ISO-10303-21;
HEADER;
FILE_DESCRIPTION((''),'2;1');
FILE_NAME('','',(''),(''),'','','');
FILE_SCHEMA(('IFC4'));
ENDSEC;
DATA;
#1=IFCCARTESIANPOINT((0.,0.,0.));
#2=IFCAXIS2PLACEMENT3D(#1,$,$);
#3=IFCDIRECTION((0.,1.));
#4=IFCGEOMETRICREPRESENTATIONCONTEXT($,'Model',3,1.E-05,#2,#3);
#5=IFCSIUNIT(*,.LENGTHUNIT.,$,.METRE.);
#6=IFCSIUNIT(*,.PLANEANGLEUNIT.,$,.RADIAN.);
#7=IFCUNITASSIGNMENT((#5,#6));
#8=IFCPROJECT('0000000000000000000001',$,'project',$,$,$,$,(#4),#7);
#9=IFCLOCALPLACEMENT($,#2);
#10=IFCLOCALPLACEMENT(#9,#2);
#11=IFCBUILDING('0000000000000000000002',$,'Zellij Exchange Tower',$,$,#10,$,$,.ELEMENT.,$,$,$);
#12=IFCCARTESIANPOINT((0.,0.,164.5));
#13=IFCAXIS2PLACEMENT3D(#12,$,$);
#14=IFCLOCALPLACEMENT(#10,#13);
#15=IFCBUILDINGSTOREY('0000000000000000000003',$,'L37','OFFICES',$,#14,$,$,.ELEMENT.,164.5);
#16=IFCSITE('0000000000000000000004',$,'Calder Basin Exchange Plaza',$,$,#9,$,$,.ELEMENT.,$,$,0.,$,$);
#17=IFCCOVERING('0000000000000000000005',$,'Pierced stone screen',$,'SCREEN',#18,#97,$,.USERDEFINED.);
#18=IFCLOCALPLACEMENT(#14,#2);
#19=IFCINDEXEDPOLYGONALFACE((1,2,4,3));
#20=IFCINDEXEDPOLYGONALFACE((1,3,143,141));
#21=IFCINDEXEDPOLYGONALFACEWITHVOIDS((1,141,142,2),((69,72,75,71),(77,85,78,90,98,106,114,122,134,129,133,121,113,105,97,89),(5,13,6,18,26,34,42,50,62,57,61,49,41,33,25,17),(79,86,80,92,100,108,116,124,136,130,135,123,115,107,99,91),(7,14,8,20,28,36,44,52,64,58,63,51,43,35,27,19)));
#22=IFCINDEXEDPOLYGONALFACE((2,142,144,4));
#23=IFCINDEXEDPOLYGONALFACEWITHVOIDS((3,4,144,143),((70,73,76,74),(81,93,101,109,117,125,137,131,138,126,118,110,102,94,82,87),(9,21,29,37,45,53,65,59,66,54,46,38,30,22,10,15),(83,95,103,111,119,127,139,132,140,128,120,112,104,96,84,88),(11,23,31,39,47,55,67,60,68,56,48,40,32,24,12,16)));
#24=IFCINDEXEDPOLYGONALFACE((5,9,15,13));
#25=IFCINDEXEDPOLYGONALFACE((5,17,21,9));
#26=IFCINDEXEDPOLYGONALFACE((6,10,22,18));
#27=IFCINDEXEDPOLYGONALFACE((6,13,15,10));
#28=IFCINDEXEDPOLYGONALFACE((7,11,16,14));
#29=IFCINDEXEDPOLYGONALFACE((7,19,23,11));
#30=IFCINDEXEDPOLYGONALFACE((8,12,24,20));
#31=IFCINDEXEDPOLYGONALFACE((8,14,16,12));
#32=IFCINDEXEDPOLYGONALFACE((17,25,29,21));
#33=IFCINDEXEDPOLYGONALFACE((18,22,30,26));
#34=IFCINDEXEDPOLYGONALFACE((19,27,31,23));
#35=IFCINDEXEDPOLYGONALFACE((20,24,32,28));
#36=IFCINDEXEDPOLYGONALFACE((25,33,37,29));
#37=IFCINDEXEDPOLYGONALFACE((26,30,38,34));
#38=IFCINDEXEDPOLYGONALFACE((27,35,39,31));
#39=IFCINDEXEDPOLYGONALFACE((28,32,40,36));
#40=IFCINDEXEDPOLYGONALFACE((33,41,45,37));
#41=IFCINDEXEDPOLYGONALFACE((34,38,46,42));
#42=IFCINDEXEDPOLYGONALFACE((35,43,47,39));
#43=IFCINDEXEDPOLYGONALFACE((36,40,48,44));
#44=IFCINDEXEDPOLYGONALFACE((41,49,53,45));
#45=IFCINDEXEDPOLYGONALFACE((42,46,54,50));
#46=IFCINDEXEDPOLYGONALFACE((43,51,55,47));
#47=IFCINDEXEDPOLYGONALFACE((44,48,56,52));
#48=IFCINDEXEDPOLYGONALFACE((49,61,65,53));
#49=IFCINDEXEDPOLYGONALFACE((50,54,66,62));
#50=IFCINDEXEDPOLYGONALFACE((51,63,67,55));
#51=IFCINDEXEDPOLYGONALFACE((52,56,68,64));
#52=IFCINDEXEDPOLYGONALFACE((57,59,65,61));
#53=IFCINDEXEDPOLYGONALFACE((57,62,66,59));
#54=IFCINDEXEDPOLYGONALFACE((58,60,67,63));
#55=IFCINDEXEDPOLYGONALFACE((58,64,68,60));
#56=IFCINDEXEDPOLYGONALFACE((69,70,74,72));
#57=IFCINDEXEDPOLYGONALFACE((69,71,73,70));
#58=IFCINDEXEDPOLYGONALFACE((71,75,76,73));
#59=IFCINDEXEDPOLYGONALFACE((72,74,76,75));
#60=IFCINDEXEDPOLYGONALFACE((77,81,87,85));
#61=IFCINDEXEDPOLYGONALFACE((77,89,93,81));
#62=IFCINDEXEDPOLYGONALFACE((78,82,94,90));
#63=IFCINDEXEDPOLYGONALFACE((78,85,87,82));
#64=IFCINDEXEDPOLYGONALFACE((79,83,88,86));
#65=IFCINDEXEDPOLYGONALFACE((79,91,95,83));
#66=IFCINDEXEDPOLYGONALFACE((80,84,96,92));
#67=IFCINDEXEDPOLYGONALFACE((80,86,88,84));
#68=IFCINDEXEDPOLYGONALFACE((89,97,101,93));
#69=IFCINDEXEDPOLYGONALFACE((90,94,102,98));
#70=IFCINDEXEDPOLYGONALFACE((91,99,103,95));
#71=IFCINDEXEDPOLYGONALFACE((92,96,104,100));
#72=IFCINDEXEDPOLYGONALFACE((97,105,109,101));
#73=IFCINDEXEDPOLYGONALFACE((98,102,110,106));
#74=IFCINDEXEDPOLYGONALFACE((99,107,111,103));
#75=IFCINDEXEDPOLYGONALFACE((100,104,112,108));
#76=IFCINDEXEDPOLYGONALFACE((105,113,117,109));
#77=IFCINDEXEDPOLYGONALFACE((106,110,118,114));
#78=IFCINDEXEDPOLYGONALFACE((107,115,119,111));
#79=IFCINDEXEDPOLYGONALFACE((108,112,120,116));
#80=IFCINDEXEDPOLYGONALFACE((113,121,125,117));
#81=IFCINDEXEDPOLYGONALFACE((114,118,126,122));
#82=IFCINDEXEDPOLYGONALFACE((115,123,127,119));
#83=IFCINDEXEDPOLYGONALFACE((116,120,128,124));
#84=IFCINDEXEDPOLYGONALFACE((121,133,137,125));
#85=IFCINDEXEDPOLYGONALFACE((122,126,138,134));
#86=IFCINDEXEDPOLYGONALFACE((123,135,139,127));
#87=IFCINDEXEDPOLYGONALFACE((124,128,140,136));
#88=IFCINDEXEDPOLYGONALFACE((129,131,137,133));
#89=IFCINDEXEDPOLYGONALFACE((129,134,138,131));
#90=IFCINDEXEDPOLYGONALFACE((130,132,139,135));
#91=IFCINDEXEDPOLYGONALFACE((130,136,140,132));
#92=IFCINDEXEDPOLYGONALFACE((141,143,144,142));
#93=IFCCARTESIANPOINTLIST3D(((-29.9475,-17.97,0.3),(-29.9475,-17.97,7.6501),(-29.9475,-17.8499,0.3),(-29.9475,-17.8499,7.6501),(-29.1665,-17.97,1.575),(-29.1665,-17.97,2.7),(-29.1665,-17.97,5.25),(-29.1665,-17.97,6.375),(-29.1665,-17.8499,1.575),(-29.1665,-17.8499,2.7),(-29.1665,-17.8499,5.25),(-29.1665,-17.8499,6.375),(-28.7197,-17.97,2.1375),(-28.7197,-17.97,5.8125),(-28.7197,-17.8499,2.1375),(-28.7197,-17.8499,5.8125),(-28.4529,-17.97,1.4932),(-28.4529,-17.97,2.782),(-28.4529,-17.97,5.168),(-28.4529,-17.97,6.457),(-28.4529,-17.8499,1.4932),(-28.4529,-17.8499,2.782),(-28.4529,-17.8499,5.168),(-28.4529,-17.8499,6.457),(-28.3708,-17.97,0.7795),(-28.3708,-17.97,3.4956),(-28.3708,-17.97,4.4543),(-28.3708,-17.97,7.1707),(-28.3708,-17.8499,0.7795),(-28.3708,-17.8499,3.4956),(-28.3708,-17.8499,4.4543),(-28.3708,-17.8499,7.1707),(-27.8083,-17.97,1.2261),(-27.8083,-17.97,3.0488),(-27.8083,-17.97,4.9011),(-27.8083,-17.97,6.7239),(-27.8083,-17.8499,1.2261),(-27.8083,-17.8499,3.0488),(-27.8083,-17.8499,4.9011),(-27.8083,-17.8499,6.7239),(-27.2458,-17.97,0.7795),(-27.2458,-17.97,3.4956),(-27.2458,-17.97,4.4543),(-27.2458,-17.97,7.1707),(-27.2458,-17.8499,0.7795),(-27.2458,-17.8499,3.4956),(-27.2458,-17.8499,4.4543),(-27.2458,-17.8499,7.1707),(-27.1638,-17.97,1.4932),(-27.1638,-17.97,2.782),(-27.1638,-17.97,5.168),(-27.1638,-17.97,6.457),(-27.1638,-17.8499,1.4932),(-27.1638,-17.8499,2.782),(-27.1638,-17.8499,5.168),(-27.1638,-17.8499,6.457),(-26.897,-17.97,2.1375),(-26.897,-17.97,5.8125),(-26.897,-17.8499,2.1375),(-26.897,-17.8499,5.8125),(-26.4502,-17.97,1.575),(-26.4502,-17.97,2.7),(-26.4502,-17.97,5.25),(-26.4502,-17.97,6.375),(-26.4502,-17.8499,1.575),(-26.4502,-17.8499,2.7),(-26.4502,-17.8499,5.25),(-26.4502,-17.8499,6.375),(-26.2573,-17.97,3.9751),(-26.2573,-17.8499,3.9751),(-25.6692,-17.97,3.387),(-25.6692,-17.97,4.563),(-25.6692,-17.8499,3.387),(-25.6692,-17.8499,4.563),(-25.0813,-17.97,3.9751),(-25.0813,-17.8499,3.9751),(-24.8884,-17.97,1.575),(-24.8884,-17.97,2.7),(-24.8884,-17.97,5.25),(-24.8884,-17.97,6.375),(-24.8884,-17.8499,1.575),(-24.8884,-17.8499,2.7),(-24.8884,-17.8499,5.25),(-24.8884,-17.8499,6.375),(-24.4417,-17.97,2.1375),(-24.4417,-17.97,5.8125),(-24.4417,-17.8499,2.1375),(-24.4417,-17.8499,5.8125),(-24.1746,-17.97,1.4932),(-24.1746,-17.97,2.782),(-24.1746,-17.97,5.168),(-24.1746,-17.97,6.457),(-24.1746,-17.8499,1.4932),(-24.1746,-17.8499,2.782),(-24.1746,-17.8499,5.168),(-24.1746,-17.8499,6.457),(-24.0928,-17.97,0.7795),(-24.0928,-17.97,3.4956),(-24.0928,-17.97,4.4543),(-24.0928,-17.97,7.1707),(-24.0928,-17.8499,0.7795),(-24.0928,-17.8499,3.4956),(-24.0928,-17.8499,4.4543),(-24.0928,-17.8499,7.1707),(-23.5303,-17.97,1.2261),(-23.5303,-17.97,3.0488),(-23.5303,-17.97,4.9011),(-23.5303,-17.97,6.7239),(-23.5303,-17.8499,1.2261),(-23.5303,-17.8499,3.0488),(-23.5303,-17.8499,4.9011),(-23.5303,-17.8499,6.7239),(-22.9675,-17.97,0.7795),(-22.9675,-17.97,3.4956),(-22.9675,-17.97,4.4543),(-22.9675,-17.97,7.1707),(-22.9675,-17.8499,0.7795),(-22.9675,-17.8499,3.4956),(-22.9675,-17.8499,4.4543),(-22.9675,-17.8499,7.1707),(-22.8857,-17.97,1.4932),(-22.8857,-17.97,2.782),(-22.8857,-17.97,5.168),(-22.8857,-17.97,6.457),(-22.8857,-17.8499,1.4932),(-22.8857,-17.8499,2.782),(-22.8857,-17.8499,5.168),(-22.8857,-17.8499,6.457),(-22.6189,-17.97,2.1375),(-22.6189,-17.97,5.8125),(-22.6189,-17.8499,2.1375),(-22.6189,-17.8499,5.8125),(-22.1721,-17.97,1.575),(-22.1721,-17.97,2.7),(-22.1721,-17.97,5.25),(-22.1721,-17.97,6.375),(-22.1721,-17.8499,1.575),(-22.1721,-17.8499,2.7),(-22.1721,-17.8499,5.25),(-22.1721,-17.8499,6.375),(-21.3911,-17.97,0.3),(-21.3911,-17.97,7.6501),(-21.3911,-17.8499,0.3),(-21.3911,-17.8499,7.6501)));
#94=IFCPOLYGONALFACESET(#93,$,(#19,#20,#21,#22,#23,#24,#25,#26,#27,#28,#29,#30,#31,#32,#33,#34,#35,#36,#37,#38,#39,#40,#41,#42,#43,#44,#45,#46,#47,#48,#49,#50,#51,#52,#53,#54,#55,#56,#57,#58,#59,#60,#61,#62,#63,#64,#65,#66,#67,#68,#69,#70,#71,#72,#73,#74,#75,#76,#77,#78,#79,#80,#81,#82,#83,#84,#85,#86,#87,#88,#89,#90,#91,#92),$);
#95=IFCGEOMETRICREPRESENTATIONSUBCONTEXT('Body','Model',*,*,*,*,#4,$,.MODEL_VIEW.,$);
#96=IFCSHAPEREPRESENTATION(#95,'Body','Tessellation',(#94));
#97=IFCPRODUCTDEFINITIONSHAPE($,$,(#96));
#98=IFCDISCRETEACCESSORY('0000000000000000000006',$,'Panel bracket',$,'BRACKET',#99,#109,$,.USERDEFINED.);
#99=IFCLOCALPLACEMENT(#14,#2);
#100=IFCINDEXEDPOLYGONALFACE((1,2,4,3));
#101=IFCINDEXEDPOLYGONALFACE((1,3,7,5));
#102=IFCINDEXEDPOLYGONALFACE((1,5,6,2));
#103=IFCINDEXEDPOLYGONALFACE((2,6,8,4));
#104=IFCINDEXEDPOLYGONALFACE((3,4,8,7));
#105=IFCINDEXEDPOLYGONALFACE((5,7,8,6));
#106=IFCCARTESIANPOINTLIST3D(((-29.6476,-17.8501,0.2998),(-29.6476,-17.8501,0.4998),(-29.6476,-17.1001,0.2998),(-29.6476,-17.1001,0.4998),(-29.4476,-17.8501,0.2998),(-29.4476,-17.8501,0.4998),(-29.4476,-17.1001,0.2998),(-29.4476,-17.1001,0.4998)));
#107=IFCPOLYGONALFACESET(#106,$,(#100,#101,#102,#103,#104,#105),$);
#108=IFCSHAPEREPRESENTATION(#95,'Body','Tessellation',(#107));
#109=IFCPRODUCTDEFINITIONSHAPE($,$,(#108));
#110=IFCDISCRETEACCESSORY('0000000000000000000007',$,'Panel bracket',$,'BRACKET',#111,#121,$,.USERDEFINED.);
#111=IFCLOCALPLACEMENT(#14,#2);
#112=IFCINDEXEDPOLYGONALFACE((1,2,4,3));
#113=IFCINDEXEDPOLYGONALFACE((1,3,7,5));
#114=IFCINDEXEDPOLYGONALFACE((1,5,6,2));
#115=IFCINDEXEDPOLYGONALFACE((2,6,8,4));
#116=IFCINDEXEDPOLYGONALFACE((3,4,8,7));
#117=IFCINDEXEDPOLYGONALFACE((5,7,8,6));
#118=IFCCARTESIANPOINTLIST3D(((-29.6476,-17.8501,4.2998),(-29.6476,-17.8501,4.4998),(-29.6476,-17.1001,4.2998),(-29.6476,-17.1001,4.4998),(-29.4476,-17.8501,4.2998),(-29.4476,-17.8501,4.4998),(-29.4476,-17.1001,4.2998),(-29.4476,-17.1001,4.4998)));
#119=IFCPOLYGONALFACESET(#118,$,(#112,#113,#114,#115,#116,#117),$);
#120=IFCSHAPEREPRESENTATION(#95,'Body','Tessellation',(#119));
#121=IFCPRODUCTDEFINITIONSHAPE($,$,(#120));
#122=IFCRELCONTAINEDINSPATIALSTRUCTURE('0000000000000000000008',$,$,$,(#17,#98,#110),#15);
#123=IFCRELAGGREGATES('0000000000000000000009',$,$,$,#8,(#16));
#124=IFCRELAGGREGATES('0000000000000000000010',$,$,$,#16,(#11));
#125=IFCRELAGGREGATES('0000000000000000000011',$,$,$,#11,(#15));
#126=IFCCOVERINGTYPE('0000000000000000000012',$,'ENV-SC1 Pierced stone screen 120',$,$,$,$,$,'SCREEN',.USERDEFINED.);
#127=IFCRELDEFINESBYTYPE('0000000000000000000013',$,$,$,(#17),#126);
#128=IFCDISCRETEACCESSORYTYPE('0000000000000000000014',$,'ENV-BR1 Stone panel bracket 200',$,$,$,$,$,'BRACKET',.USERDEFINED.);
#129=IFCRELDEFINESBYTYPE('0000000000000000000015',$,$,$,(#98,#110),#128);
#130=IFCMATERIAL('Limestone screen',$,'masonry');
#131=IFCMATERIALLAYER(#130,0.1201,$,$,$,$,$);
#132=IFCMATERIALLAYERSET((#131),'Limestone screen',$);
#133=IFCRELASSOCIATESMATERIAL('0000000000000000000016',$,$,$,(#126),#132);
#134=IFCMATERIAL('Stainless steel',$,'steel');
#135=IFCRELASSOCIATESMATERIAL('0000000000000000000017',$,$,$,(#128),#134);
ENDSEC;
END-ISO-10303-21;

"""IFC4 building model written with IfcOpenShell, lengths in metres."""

from ifc_helpers import new_model, si_unit, direction, frame, origin, origin_2d, place, context, subcontext, project, spatial, polyline, rectangle, outline, extrude, material, layer, layer_set, type_object, element, save


model = new_model("IFC4")

# Units and contexts
model_context = context("Model", 3, precision=1e-05, world=origin(), true_north=direction((0.0, 1.0)))
body_context = subcontext(model_context, "Body", "Model", "MODEL_VIEW")
ifc_project = project(units=[si_unit("LENGTHUNIT", "METRE"), si_unit("PLANEANGLEUNIT", "RADIAN")], contexts=[model_context])

# Site, building, storey
site_placement = place(None, origin())
site = spatial("IfcSite", under=ifc_project, at=site_placement, Name="Calder Basin Exchange Plaza", CompositionType="ELEMENT", RefElevation=0.0)
building_placement = place(site_placement, origin())
building = spatial("IfcBuilding", under=site, at=building_placement, Name="Zellij Exchange Tower", CompositionType="ELEMENT")
storey_placement = place(building_placement, frame((0.0, 0.0, 164.5)))
storey = spatial("IfcBuildingStorey", under=building, at=storey_placement, Name="L37", Description="OFFICES", CompositionType="ELEMENT", Elevation=164.5)

# Covering
ifc_material_1 = material(Name="Limestone screen", Category="masonry")
ifc_layer_1 = layer(ifc_material_1, 0.1201)
ifc_layer_set_1 = layer_set([ifc_layer_1], Name="Limestone screen")
covering_type = type_object("IfcCoveringType", Name="ENV-SC1 Pierced stone screen 120", ElementType="SCREEN", PredefinedType="USERDEFINED", material=ifc_layer_set_1)
covering_placement = place(storey_placement, frame((-29.9475, -17.9099, 0.3), z_axis=(0.0, 0.0, 1.0), x_axis=(1.0, 0.0, 0.0)))
element("IfcCovering", 1, at=covering_placement, inside=storey, type_object=covering_type, Name="Pierced stone screen", ObjectType="SCREEN", PredefinedType="USERDEFINED", context=body_context, shape_type="SweptSolid", body=[
    extrude(outline(polyline([(0.0, 0.0), (8.5564, 0.0), (8.5564, 7.3501), (0.0, 7.3501), (0.0, 0.0)]), holes=[polyline([(3.4973, 2.3999), (2.7837, 2.4819), (2.7017, 3.1956), (2.1392, 2.7488), (1.5767, 3.1956), (1.4946, 2.4819), (0.781, 2.3999), (1.2278, 1.8374), (0.781, 1.2749), (1.4946, 1.1931), (1.5767, 0.4795), (2.1392, 0.926), (2.7017, 0.4795), (2.7837, 1.1931), (3.4973, 1.2749), (3.0505, 1.8374), (3.4973, 2.3999)]), polyline([(3.4973, 6.075), (2.7837, 6.157), (2.7017, 6.8706), (2.1392, 6.4238), (1.5767, 6.8706), (1.4946, 6.157), (0.781, 6.075), (1.2278, 5.5125), (0.781, 4.95), (1.4946, 4.8679), (1.5767, 4.1543), (2.1392, 4.6011), (2.7017, 4.1543), (2.7837, 4.8679), (3.4973, 4.95), (3.0505, 5.5125), (3.4973, 6.075)]), polyline([(7.7754, 2.3999), (7.0618, 2.4819), (6.98, 3.1956), (6.4172, 2.7488), (5.8547, 3.1956), (5.7729, 2.4819), (5.0591, 2.3999), (5.5059, 1.8374), (5.0591, 1.2749), (5.7729, 1.1931), (5.8547, 0.4795), (6.4172, 0.926), (6.98, 0.4795), (7.0618, 1.1931), (7.7754, 1.2749), (7.3286, 1.8374), (7.7754, 2.3999)]), polyline([(7.7754, 6.075), (7.0618, 6.157), (6.98, 6.8706), (6.4172, 6.4238), (5.8547, 6.8706), (5.7729, 6.157), (5.0591, 6.075), (5.5059, 5.5125), (5.0591, 4.95), (5.7729, 4.8679), (5.8547, 4.1543), (6.4172, 4.6011), (6.98, 4.1543), (7.0618, 4.8679), (7.7754, 4.95), (7.3286, 5.5125), (7.7754, 6.075)]), polyline([(4.8662, 3.675), (4.2783, 4.2629), (3.6902, 3.675), (4.2783, 3.0869), (4.8662, 3.675)])]), frame((0.0, 0.0601, 0.0), z_axis=(0.0, -1.0, 0.0), x_axis=(1.0, 0.0, 0.0)), (0.0, 0.0, 1.0), 0.1201),
])

# Discrete accessories
ifc_material_2 = material(Name="Stainless steel", Category="steel")
discrete_accessory_type = type_object("IfcDiscreteAccessoryType", Name="ENV-BR1 Stone panel bracket 200", ElementType="BRACKET", PredefinedType="USERDEFINED", material=ifc_material_2)
for number, where, z_axis, x_axis, name in (
    (2, (-29.5476, -17.4751, 0.2998), (0.0, 0.0, 1.0), (1.0, 0.0, 0.0), "Panel bracket"),
    (3, (-29.5476, -17.4751, 4.2998), (0.0, 0.0, 1.0), (1.0, 0.0, 0.0), "Panel bracket"),
):
    element("IfcDiscreteAccessory", number, at=place(storey_placement, frame(where, z_axis=z_axis, x_axis=x_axis)), inside=storey, type_object=discrete_accessory_type, Name=name, ObjectType="BRACKET", PredefinedType="USERDEFINED", context=body_context, shape_type="SweptSolid", body=[
        extrude(rectangle(XDim=0.2, YDim=0.75, at=origin_2d()), origin(), (0.0, 0.0, 1.0), 0.2),
    ])

save(model, "model.ifc")
